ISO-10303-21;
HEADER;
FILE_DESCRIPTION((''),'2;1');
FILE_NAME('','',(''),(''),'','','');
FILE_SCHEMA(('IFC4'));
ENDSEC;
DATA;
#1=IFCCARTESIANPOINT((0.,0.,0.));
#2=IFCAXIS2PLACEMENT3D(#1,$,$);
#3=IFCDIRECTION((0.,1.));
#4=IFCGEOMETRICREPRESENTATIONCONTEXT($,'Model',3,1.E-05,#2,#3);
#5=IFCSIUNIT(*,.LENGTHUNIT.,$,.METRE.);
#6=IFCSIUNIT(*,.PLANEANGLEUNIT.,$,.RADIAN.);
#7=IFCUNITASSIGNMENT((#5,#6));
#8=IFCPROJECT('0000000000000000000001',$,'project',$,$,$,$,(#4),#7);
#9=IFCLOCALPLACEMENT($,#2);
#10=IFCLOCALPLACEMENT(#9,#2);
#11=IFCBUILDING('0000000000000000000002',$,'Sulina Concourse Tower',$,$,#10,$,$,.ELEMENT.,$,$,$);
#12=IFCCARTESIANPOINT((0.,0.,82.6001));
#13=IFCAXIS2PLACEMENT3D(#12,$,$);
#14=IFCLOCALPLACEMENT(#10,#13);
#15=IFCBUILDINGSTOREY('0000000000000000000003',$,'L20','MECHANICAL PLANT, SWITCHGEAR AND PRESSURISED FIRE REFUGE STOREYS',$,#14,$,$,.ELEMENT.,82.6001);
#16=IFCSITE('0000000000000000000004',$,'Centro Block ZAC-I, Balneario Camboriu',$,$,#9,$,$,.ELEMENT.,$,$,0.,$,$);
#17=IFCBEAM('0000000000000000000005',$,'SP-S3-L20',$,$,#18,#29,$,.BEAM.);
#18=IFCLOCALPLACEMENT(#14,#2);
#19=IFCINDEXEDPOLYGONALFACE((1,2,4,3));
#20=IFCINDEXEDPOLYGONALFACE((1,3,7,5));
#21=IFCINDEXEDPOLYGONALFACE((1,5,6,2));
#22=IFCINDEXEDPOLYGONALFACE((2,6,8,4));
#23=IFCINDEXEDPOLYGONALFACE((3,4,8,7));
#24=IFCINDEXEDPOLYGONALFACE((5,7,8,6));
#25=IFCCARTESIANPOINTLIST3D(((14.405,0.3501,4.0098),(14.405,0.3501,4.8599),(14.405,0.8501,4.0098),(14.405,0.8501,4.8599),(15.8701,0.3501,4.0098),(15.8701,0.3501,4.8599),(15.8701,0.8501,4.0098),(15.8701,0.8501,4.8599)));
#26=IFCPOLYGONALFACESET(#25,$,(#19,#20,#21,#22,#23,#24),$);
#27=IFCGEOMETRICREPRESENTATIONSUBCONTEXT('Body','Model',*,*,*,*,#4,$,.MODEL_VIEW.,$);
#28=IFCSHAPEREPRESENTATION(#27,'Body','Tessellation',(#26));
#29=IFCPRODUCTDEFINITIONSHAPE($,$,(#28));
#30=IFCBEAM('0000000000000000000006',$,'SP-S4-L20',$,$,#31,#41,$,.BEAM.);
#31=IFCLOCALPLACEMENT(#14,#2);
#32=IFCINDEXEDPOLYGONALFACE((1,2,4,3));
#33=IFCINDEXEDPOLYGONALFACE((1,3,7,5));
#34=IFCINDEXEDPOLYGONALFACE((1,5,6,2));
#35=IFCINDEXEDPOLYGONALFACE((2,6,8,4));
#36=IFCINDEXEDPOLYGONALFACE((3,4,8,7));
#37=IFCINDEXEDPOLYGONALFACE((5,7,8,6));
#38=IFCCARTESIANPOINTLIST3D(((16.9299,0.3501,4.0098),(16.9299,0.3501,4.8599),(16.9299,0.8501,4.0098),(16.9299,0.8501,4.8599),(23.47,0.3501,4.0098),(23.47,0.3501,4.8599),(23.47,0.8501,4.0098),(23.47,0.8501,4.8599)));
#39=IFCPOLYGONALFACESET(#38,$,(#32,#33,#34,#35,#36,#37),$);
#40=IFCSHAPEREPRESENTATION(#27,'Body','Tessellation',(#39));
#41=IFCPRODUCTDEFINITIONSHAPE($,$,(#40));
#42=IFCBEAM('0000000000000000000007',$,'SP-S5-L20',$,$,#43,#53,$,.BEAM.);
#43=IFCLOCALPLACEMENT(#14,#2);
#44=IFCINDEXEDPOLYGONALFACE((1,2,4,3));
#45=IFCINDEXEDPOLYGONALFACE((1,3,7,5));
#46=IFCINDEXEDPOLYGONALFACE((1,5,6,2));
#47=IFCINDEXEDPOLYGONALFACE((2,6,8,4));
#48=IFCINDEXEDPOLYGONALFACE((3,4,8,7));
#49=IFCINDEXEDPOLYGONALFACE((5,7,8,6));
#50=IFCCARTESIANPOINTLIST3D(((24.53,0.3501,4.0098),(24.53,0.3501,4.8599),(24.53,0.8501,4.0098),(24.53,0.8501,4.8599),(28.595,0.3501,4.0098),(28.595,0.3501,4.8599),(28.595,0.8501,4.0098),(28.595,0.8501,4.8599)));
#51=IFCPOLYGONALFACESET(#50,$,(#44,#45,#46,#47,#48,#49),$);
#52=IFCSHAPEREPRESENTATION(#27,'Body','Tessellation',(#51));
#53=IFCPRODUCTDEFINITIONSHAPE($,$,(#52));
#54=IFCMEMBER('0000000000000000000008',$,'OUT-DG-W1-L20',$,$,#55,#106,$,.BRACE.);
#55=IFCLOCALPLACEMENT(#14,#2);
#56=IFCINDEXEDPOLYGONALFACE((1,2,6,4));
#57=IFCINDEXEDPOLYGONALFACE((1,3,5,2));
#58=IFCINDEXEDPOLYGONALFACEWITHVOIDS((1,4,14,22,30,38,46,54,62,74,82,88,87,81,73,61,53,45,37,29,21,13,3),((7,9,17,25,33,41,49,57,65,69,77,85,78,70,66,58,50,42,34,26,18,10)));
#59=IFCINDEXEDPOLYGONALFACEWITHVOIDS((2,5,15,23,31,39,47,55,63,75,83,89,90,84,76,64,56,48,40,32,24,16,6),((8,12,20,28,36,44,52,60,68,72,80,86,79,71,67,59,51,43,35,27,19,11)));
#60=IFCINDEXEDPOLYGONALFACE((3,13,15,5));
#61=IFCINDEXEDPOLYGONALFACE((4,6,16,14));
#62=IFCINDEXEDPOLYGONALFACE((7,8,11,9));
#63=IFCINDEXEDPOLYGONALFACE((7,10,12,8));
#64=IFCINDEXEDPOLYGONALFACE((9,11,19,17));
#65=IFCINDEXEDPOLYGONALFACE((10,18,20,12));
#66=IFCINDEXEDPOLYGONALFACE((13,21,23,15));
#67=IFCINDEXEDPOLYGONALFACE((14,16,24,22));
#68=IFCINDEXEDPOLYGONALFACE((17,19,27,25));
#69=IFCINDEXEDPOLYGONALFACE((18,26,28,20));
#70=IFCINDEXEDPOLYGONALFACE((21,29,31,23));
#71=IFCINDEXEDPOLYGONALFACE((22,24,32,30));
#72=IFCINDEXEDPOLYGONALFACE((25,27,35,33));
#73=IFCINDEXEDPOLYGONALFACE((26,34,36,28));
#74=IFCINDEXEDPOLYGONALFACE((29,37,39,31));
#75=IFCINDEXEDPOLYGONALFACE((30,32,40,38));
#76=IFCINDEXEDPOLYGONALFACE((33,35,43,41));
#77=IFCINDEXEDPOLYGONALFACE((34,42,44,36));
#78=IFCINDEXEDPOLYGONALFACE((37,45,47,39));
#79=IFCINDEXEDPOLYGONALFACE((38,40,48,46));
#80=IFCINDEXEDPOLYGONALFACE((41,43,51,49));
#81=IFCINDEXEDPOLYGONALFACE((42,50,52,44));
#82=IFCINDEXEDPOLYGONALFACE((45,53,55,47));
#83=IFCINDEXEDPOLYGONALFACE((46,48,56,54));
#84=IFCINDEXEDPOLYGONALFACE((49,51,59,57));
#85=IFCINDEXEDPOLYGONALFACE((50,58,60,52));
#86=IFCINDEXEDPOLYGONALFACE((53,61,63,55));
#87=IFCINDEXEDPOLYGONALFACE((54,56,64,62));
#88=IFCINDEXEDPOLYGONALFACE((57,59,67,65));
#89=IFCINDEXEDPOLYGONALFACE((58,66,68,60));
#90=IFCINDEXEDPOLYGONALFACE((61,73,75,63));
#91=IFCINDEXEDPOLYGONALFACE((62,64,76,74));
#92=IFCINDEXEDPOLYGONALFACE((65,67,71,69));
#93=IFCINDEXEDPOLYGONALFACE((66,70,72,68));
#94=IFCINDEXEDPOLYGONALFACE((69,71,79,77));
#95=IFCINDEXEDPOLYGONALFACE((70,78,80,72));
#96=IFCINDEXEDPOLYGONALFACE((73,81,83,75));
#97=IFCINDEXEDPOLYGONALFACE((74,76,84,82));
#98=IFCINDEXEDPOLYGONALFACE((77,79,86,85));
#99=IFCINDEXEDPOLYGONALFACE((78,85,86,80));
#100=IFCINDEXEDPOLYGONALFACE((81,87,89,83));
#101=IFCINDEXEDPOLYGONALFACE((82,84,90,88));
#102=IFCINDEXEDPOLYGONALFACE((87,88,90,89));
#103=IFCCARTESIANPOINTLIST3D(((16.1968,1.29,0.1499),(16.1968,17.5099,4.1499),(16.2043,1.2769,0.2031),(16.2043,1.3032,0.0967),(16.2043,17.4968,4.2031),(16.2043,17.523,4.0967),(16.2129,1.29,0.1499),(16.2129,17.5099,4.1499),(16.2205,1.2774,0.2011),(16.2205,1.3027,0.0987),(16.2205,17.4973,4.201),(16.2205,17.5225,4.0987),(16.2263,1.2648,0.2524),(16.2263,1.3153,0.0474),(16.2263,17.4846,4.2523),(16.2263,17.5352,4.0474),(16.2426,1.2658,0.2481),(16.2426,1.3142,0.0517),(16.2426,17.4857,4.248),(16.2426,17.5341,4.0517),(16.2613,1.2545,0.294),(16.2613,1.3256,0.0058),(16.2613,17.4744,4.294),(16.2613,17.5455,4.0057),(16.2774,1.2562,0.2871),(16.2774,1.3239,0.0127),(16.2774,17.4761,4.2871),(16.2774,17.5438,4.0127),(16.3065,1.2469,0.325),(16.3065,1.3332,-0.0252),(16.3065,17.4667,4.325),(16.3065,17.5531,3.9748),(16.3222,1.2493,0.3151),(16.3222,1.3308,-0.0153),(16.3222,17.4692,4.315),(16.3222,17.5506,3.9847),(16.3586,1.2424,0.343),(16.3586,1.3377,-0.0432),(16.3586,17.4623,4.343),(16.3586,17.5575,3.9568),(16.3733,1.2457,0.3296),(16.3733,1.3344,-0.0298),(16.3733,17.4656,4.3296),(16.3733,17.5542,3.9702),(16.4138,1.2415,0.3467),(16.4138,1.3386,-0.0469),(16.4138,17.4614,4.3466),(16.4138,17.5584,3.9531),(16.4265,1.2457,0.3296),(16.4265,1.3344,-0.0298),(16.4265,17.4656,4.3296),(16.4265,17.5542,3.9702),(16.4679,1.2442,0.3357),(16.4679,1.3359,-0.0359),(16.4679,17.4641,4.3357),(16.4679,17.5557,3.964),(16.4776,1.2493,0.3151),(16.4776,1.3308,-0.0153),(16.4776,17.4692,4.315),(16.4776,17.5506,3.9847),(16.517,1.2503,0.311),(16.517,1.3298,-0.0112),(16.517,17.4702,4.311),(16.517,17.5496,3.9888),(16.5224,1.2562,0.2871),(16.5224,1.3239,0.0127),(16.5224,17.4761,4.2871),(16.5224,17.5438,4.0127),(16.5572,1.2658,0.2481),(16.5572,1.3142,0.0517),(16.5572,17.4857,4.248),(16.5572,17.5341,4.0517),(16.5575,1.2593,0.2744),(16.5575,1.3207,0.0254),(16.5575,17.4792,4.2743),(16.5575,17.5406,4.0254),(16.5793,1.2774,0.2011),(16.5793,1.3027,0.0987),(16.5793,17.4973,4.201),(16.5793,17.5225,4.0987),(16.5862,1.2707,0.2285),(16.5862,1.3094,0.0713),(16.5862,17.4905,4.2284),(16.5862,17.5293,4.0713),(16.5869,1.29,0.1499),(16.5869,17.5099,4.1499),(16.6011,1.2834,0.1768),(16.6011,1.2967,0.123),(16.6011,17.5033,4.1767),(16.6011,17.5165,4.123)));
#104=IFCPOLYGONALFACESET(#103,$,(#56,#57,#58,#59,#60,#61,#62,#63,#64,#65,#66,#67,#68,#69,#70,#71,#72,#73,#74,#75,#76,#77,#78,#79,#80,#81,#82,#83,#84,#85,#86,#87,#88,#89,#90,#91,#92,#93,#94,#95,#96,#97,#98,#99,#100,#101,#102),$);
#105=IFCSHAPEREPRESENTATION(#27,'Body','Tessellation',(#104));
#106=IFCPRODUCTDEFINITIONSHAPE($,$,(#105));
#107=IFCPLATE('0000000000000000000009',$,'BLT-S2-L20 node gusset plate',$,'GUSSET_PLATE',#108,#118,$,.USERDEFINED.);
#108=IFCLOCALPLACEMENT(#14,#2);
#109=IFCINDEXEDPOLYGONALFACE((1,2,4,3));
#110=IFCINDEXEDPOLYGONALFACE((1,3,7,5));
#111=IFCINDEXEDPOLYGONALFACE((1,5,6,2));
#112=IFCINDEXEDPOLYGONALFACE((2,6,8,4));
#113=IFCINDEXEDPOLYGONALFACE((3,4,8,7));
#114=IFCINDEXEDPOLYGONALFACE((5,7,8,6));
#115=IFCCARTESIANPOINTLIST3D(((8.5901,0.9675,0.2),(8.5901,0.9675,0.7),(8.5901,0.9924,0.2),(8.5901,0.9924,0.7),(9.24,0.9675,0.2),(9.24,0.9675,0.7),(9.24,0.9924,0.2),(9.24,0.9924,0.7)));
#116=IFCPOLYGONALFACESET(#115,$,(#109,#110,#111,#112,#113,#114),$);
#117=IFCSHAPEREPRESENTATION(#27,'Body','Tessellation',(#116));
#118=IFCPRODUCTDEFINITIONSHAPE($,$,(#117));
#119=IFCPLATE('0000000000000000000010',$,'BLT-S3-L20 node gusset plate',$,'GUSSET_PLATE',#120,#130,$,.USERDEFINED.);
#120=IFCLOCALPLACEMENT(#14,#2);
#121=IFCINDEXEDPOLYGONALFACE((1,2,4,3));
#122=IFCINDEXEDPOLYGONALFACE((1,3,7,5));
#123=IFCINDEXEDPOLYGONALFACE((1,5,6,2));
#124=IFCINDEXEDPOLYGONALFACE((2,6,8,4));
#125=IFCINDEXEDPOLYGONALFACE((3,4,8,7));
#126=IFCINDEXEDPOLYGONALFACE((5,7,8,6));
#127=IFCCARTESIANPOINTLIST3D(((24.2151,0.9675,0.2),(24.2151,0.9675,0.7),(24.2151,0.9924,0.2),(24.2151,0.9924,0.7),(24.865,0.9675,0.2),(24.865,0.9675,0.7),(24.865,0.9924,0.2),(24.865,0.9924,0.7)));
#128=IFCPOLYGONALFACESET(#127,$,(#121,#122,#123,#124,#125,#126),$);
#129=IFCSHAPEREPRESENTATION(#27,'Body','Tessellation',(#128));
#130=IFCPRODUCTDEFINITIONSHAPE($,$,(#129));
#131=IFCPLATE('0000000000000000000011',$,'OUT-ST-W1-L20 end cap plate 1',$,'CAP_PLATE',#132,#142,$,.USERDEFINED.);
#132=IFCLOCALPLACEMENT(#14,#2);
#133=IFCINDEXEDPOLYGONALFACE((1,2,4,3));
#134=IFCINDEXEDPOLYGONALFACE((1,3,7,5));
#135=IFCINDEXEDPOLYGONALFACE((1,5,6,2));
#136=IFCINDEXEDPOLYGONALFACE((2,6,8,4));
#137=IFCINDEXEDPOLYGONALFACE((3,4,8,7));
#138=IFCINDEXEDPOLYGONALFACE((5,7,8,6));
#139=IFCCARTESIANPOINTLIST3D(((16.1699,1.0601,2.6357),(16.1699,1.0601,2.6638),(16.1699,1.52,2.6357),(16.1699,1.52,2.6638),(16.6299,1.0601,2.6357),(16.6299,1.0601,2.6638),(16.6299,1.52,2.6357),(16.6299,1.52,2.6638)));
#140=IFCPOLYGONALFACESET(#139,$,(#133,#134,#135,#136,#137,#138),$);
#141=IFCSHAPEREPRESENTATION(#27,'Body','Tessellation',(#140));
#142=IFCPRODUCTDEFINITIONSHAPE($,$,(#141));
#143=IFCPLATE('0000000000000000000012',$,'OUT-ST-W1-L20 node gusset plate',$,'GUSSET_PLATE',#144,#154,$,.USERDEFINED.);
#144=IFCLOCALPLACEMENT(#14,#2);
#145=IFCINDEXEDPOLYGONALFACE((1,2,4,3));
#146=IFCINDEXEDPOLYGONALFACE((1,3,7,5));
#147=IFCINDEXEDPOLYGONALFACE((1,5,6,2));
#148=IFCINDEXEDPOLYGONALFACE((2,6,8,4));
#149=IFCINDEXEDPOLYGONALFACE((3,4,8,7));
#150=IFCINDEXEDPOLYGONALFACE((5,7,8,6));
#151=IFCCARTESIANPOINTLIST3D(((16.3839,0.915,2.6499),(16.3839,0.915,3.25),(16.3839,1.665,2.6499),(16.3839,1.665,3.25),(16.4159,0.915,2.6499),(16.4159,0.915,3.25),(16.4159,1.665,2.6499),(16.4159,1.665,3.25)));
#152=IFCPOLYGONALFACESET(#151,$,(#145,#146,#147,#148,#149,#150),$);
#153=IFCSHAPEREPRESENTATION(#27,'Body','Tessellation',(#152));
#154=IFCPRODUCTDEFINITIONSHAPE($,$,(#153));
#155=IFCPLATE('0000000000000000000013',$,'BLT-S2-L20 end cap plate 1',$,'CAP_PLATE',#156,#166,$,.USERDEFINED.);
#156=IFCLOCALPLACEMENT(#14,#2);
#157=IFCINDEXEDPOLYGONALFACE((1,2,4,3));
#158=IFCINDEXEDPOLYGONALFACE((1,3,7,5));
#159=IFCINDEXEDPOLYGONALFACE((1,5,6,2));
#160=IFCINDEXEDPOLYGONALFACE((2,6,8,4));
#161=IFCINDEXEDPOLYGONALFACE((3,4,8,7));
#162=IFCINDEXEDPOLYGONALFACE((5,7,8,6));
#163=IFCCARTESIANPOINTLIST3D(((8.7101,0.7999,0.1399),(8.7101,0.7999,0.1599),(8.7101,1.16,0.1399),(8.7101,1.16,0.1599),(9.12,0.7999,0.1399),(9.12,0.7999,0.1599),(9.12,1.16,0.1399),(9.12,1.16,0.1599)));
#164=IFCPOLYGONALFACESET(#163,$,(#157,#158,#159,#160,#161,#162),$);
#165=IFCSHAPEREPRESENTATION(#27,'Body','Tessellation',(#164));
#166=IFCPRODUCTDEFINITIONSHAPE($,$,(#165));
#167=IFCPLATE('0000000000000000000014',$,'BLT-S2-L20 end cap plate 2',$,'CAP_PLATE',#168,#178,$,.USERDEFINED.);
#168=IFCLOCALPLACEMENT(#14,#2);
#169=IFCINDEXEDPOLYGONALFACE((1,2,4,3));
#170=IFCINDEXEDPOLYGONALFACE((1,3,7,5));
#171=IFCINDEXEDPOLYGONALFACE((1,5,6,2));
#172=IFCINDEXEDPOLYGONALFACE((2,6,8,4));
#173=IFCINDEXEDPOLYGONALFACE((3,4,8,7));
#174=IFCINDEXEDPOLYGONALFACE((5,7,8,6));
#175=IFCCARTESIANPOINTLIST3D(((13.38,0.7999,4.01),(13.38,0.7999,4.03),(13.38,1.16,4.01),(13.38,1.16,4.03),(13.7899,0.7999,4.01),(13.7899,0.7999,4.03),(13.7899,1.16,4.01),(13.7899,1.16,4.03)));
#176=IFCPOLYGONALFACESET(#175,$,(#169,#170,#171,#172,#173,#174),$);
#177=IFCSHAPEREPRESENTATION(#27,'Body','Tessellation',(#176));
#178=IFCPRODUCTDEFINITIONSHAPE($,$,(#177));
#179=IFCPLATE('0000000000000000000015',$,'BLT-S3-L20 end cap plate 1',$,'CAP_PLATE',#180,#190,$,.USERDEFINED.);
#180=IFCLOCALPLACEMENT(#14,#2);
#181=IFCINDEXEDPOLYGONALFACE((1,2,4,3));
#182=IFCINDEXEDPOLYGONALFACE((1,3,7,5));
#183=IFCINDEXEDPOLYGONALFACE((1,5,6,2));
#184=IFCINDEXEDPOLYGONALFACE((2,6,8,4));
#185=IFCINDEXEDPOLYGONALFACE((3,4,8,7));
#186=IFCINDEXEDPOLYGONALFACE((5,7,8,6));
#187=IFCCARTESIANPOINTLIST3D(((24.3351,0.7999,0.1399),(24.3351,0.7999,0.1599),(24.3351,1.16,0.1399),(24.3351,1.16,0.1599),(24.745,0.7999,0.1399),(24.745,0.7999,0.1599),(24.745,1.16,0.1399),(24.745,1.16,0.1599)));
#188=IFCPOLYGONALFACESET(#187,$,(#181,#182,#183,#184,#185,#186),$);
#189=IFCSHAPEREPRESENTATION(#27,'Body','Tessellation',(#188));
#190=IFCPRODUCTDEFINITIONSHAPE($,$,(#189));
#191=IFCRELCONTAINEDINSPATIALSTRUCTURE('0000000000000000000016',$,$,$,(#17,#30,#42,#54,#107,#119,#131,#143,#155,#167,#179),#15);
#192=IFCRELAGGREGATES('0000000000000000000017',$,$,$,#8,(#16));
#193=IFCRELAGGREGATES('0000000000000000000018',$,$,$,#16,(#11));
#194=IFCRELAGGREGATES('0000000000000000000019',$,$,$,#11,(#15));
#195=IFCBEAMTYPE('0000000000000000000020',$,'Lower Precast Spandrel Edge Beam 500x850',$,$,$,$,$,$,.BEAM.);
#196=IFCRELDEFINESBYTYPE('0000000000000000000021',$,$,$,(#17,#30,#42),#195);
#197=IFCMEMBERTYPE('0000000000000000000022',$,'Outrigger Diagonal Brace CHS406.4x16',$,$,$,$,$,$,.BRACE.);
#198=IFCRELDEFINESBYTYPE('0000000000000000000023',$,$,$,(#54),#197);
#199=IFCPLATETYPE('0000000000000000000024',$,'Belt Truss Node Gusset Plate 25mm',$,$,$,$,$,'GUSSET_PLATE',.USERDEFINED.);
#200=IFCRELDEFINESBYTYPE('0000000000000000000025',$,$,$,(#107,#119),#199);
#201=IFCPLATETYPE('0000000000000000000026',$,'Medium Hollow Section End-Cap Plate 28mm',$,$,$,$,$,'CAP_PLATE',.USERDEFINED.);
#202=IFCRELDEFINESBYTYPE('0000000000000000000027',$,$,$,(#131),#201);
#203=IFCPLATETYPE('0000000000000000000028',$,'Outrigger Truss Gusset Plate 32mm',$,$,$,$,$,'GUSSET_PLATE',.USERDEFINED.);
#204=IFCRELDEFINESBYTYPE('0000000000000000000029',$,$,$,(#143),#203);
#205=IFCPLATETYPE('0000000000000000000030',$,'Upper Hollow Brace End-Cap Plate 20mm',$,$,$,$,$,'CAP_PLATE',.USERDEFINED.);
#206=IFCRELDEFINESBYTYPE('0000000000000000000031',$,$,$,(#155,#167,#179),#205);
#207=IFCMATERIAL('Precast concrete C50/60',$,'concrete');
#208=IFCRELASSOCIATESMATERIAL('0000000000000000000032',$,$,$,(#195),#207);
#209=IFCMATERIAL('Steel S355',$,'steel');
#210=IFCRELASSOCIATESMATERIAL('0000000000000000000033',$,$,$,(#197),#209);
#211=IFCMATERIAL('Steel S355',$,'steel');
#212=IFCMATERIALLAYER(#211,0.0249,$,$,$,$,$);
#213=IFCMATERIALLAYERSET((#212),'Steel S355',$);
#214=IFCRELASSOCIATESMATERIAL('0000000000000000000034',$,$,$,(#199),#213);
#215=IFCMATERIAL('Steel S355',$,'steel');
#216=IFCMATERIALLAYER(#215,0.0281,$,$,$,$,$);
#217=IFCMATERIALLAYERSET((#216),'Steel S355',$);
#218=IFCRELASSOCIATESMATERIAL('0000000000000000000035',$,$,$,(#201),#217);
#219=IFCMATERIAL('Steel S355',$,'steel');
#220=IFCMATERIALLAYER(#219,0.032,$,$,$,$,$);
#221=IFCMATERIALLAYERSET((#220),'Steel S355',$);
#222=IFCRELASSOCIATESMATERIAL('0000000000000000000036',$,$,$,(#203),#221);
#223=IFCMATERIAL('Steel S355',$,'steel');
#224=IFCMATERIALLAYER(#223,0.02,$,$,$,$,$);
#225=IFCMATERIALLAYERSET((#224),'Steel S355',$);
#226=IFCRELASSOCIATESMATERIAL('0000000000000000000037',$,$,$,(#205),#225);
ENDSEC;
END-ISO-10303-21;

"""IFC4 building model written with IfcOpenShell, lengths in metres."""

from ifc_helpers import new_model, si_unit, direction, frame, origin, origin_2d, place, context, subcontext, project, spatial, rectangle, hollow_circle, extrude, material, layer, layer_set, material_profile, profile_set, type_object, element, save


model = new_model("IFC4")

# Units and contexts
model_context = context("Model", 3, precision=1e-05, world=origin(), true_north=direction((0.0, 1.0)))
body_context = subcontext(model_context, "Body", "Model", "MODEL_VIEW")
ifc_project = project(units=[si_unit("LENGTHUNIT", "METRE"), si_unit("PLANEANGLEUNIT", "RADIAN")], contexts=[model_context])

# Site, building, storey
site_placement = place(None, origin())
site = spatial("IfcSite", under=ifc_project, at=site_placement, Name="Centro Block ZAC-I, Balneario Camboriu", CompositionType="ELEMENT", RefElevation=0.0)
building_placement = place(site_placement, origin())
building = spatial("IfcBuilding", under=site, at=building_placement, Name="Sulina Concourse Tower", CompositionType="ELEMENT")
storey_placement = place(building_placement, frame((0.0, 0.0, 82.6001)))
storey = spatial("IfcBuildingStorey", under=building, at=storey_placement, Name="L20", Description="MECHANICAL PLANT, SWITCHGEAR AND PRESSURISED FIRE REFUGE STOREYS", CompositionType="ELEMENT", Elevation=82.6001)

# Beams
ifc_material_1 = material(Name="Precast concrete C50/60", Category="concrete")
ifc_material_profile_1 = material_profile(ifc_material_1, rectangle(XDim=0.5, YDim=0.8501, at=origin_2d()), Name="RC 500x850")
ifc_profile_set_1 = profile_set([ifc_material_profile_1], Name="Precast concrete C50/60")
beam_type_1 = type_object("IfcBeamType", Name="Lower Precast Spandrel Edge Beam 500x850", PredefinedType="BEAM", material=ifc_profile_set_1)
beam_1_placement = place(storey_placement, frame((14.405, 0.6001, 4.4348), z_axis=(1.0, 0.0, 0.0), x_axis=(0.0, 1.0, 0.0)))
element("IfcBeam", 1, at=beam_1_placement, inside=storey, type_object=beam_type_1, Name="SP-S3-L20", PredefinedType="BEAM", context=body_context, shape_type="SweptSolid", body=[
    extrude(rectangle(XDim=0.5, YDim=0.8501, at=origin_2d()), origin(), (0.0, 0.0, 1.0), 1.4651),
])
beam_2_placement = place(storey_placement, frame((16.9299, 0.6001, 4.4348), z_axis=(1.0, 0.0, 0.0), x_axis=(0.0, 1.0, 0.0)))
element("IfcBeam", 2, at=beam_2_placement, inside=storey, type_object=beam_type_1, Name="SP-S4-L20", PredefinedType="BEAM", context=body_context, shape_type="SweptSolid", body=[
    extrude(rectangle(XDim=0.5, YDim=0.8501, at=origin_2d()), origin(), (0.0, 0.0, 1.0), 6.54),
])
beam_3_placement = place(storey_placement, frame((24.53, 0.6001, 4.4348), z_axis=(1.0, 0.0, 0.0), x_axis=(0.0, 1.0, 0.0)))
element("IfcBeam", 3, at=beam_3_placement, inside=storey, type_object=beam_type_1, Name="SP-S5-L20", PredefinedType="BEAM", context=body_context, shape_type="SweptSolid", body=[
    extrude(rectangle(XDim=0.5, YDim=0.8501, at=origin_2d()), origin(), (0.0, 0.0, 1.0), 4.0649),
])

# Member
ifc_material_2 = material(Name="Steel S355", Category="steel")
ifc_material_profile_2 = material_profile(ifc_material_2, hollow_circle(Radius=0.2031, WallThickness=0.0161, at=origin_2d()), Name="CHS 406.4x16")
ifc_profile_set_2 = profile_set([ifc_material_profile_2], Name="Steel S355")
member_type_1 = type_object("IfcMemberType", Name="Outrigger Diagonal Brace CHS406.4x16", PredefinedType="BRACE", material=ifc_profile_set_2)
member_1_placement = place(storey_placement, frame((16.3999, 1.29, 0.1499), z_axis=(0.0, 0.970912, 0.239436), x_axis=(-1.0, 0.0, 0.0)))
element("IfcMember", 4, at=member_1_placement, inside=storey, type_object=member_type_1, Name="OUT-DG-W1-L20", PredefinedType="BRACE", context=body_context, shape_type="SweptSolid", body=[
    extrude(hollow_circle(Radius=0.2031, WallThickness=0.0161, at=origin_2d()), origin(), (0.0, 0.0, 1.0), 16.7058),
])

# Plates
ifc_material_3 = material(Name="Steel S355", Category="steel")
ifc_layer_1 = layer(ifc_material_3, 0.0249)
ifc_layer_set_1 = layer_set([ifc_layer_1], Name="Steel S355")
plate_type_1 = type_object("IfcPlateType", Name="Belt Truss Node Gusset Plate 25mm", ElementType="GUSSET_PLATE", PredefinedType="USERDEFINED", material=ifc_layer_set_1)
for number, where, z_axis, x_axis, name in (
    (5, (8.915, 0.98, 0.2), (0.0, 0.0, 1.0), (1.0, 0.0, 0.0), "BLT-S2-L20 node gusset plate"),
    (6, (24.54, 0.98, 0.2), (0.0, 0.0, 1.0), (1.0, 0.0, 0.0), "BLT-S3-L20 node gusset plate"),
):
    element("IfcPlate", number, at=place(storey_placement, frame(where, z_axis=z_axis, x_axis=x_axis)), inside=storey, type_object=plate_type_1, Name=name, ObjectType="GUSSET_PLATE", PredefinedType="USERDEFINED", context=body_context, shape_type="SweptSolid", body=[
        extrude(rectangle(XDim=0.6499, YDim=0.0249, at=origin_2d()), origin(), (0.0, 0.0, 1.0), 0.5),
    ])
ifc_material_4 = material(Name="Steel S355", Category="steel")
ifc_layer_2 = layer(ifc_material_4, 0.0281)
ifc_layer_set_2 = layer_set([ifc_layer_2], Name="Steel S355")
plate_type_2 = type_object("IfcPlateType", Name="Medium Hollow Section End-Cap Plate 28mm", ElementType="CAP_PLATE", PredefinedType="USERDEFINED", material=ifc_layer_set_2)
plate_1_placement = place(storey_placement, frame((16.3999, 1.29, 2.6357), z_axis=(0.0, 0.0, 1.0), x_axis=(1.0, 0.0, 0.0)))
element("IfcPlate", 7, at=plate_1_placement, inside=storey, type_object=plate_type_2, Name="OUT-ST-W1-L20 end cap plate 1", ObjectType="CAP_PLATE", PredefinedType="USERDEFINED", context=body_context, shape_type="SweptSolid", body=[
    extrude(rectangle(XDim=0.46, YDim=0.46, at=origin_2d()), origin(), (0.0, 0.0, 1.0), 0.0281),
])
ifc_material_5 = material(Name="Steel S355", Category="steel")
ifc_layer_3 = layer(ifc_material_5, 0.032)
ifc_layer_set_3 = layer_set([ifc_layer_3], Name="Steel S355")
plate_type_3 = type_object("IfcPlateType", Name="Outrigger Truss Gusset Plate 32mm", ElementType="GUSSET_PLATE", PredefinedType="USERDEFINED", material=ifc_layer_set_3)
plate_2_placement = place(storey_placement, frame((16.3999, 1.29, 2.6499), z_axis=(0.0, 0.0, 1.0), x_axis=(1.0, 0.0, 0.0)))
element("IfcPlate", 8, at=plate_2_placement, inside=storey, type_object=plate_type_3, Name="OUT-ST-W1-L20 node gusset plate", ObjectType="GUSSET_PLATE", PredefinedType="USERDEFINED", context=body_context, shape_type="SweptSolid", body=[
    extrude(rectangle(XDim=0.032, YDim=0.75, at=origin_2d()), origin(), (0.0, 0.0, 1.0), 0.6001),
])
ifc_material_6 = material(Name="Steel S355", Category="steel")
ifc_layer_4 = layer(ifc_material_6, 0.02)
ifc_layer_set_4 = layer_set([ifc_layer_4], Name="Steel S355")
plate_type_4 = type_object("IfcPlateType", Name="Upper Hollow Brace End-Cap Plate 20mm", ElementType="CAP_PLATE", PredefinedType="USERDEFINED", material=ifc_layer_set_4)
for number, where, z_axis, x_axis, name in (
    (9, (8.915, 0.98, 0.1399), (0.0, 0.0, 1.0), (1.0, 0.0, 0.0), "BLT-S2-L20 end cap plate 1"),
    (10, (13.585, 0.98, 4.01), (0.0, 0.0, 1.0), (1.0, 0.0, 0.0), "BLT-S2-L20 end cap plate 2"),
    (11, (24.54, 0.98, 0.1399), (0.0, 0.0, 1.0), (1.0, 0.0, 0.0), "BLT-S3-L20 end cap plate 1"),
):
    element("IfcPlate", number, at=place(storey_placement, frame(where, z_axis=z_axis, x_axis=x_axis)), inside=storey, type_object=plate_type_4, Name=name, ObjectType="CAP_PLATE", PredefinedType="USERDEFINED", context=body_context, shape_type="SweptSolid", body=[
        extrude(rectangle(XDim=0.4099, YDim=0.3601, at=origin_2d()), origin(), (0.0, 0.0, 1.0), 0.02),
    ])

save(model, "model.ifc")
